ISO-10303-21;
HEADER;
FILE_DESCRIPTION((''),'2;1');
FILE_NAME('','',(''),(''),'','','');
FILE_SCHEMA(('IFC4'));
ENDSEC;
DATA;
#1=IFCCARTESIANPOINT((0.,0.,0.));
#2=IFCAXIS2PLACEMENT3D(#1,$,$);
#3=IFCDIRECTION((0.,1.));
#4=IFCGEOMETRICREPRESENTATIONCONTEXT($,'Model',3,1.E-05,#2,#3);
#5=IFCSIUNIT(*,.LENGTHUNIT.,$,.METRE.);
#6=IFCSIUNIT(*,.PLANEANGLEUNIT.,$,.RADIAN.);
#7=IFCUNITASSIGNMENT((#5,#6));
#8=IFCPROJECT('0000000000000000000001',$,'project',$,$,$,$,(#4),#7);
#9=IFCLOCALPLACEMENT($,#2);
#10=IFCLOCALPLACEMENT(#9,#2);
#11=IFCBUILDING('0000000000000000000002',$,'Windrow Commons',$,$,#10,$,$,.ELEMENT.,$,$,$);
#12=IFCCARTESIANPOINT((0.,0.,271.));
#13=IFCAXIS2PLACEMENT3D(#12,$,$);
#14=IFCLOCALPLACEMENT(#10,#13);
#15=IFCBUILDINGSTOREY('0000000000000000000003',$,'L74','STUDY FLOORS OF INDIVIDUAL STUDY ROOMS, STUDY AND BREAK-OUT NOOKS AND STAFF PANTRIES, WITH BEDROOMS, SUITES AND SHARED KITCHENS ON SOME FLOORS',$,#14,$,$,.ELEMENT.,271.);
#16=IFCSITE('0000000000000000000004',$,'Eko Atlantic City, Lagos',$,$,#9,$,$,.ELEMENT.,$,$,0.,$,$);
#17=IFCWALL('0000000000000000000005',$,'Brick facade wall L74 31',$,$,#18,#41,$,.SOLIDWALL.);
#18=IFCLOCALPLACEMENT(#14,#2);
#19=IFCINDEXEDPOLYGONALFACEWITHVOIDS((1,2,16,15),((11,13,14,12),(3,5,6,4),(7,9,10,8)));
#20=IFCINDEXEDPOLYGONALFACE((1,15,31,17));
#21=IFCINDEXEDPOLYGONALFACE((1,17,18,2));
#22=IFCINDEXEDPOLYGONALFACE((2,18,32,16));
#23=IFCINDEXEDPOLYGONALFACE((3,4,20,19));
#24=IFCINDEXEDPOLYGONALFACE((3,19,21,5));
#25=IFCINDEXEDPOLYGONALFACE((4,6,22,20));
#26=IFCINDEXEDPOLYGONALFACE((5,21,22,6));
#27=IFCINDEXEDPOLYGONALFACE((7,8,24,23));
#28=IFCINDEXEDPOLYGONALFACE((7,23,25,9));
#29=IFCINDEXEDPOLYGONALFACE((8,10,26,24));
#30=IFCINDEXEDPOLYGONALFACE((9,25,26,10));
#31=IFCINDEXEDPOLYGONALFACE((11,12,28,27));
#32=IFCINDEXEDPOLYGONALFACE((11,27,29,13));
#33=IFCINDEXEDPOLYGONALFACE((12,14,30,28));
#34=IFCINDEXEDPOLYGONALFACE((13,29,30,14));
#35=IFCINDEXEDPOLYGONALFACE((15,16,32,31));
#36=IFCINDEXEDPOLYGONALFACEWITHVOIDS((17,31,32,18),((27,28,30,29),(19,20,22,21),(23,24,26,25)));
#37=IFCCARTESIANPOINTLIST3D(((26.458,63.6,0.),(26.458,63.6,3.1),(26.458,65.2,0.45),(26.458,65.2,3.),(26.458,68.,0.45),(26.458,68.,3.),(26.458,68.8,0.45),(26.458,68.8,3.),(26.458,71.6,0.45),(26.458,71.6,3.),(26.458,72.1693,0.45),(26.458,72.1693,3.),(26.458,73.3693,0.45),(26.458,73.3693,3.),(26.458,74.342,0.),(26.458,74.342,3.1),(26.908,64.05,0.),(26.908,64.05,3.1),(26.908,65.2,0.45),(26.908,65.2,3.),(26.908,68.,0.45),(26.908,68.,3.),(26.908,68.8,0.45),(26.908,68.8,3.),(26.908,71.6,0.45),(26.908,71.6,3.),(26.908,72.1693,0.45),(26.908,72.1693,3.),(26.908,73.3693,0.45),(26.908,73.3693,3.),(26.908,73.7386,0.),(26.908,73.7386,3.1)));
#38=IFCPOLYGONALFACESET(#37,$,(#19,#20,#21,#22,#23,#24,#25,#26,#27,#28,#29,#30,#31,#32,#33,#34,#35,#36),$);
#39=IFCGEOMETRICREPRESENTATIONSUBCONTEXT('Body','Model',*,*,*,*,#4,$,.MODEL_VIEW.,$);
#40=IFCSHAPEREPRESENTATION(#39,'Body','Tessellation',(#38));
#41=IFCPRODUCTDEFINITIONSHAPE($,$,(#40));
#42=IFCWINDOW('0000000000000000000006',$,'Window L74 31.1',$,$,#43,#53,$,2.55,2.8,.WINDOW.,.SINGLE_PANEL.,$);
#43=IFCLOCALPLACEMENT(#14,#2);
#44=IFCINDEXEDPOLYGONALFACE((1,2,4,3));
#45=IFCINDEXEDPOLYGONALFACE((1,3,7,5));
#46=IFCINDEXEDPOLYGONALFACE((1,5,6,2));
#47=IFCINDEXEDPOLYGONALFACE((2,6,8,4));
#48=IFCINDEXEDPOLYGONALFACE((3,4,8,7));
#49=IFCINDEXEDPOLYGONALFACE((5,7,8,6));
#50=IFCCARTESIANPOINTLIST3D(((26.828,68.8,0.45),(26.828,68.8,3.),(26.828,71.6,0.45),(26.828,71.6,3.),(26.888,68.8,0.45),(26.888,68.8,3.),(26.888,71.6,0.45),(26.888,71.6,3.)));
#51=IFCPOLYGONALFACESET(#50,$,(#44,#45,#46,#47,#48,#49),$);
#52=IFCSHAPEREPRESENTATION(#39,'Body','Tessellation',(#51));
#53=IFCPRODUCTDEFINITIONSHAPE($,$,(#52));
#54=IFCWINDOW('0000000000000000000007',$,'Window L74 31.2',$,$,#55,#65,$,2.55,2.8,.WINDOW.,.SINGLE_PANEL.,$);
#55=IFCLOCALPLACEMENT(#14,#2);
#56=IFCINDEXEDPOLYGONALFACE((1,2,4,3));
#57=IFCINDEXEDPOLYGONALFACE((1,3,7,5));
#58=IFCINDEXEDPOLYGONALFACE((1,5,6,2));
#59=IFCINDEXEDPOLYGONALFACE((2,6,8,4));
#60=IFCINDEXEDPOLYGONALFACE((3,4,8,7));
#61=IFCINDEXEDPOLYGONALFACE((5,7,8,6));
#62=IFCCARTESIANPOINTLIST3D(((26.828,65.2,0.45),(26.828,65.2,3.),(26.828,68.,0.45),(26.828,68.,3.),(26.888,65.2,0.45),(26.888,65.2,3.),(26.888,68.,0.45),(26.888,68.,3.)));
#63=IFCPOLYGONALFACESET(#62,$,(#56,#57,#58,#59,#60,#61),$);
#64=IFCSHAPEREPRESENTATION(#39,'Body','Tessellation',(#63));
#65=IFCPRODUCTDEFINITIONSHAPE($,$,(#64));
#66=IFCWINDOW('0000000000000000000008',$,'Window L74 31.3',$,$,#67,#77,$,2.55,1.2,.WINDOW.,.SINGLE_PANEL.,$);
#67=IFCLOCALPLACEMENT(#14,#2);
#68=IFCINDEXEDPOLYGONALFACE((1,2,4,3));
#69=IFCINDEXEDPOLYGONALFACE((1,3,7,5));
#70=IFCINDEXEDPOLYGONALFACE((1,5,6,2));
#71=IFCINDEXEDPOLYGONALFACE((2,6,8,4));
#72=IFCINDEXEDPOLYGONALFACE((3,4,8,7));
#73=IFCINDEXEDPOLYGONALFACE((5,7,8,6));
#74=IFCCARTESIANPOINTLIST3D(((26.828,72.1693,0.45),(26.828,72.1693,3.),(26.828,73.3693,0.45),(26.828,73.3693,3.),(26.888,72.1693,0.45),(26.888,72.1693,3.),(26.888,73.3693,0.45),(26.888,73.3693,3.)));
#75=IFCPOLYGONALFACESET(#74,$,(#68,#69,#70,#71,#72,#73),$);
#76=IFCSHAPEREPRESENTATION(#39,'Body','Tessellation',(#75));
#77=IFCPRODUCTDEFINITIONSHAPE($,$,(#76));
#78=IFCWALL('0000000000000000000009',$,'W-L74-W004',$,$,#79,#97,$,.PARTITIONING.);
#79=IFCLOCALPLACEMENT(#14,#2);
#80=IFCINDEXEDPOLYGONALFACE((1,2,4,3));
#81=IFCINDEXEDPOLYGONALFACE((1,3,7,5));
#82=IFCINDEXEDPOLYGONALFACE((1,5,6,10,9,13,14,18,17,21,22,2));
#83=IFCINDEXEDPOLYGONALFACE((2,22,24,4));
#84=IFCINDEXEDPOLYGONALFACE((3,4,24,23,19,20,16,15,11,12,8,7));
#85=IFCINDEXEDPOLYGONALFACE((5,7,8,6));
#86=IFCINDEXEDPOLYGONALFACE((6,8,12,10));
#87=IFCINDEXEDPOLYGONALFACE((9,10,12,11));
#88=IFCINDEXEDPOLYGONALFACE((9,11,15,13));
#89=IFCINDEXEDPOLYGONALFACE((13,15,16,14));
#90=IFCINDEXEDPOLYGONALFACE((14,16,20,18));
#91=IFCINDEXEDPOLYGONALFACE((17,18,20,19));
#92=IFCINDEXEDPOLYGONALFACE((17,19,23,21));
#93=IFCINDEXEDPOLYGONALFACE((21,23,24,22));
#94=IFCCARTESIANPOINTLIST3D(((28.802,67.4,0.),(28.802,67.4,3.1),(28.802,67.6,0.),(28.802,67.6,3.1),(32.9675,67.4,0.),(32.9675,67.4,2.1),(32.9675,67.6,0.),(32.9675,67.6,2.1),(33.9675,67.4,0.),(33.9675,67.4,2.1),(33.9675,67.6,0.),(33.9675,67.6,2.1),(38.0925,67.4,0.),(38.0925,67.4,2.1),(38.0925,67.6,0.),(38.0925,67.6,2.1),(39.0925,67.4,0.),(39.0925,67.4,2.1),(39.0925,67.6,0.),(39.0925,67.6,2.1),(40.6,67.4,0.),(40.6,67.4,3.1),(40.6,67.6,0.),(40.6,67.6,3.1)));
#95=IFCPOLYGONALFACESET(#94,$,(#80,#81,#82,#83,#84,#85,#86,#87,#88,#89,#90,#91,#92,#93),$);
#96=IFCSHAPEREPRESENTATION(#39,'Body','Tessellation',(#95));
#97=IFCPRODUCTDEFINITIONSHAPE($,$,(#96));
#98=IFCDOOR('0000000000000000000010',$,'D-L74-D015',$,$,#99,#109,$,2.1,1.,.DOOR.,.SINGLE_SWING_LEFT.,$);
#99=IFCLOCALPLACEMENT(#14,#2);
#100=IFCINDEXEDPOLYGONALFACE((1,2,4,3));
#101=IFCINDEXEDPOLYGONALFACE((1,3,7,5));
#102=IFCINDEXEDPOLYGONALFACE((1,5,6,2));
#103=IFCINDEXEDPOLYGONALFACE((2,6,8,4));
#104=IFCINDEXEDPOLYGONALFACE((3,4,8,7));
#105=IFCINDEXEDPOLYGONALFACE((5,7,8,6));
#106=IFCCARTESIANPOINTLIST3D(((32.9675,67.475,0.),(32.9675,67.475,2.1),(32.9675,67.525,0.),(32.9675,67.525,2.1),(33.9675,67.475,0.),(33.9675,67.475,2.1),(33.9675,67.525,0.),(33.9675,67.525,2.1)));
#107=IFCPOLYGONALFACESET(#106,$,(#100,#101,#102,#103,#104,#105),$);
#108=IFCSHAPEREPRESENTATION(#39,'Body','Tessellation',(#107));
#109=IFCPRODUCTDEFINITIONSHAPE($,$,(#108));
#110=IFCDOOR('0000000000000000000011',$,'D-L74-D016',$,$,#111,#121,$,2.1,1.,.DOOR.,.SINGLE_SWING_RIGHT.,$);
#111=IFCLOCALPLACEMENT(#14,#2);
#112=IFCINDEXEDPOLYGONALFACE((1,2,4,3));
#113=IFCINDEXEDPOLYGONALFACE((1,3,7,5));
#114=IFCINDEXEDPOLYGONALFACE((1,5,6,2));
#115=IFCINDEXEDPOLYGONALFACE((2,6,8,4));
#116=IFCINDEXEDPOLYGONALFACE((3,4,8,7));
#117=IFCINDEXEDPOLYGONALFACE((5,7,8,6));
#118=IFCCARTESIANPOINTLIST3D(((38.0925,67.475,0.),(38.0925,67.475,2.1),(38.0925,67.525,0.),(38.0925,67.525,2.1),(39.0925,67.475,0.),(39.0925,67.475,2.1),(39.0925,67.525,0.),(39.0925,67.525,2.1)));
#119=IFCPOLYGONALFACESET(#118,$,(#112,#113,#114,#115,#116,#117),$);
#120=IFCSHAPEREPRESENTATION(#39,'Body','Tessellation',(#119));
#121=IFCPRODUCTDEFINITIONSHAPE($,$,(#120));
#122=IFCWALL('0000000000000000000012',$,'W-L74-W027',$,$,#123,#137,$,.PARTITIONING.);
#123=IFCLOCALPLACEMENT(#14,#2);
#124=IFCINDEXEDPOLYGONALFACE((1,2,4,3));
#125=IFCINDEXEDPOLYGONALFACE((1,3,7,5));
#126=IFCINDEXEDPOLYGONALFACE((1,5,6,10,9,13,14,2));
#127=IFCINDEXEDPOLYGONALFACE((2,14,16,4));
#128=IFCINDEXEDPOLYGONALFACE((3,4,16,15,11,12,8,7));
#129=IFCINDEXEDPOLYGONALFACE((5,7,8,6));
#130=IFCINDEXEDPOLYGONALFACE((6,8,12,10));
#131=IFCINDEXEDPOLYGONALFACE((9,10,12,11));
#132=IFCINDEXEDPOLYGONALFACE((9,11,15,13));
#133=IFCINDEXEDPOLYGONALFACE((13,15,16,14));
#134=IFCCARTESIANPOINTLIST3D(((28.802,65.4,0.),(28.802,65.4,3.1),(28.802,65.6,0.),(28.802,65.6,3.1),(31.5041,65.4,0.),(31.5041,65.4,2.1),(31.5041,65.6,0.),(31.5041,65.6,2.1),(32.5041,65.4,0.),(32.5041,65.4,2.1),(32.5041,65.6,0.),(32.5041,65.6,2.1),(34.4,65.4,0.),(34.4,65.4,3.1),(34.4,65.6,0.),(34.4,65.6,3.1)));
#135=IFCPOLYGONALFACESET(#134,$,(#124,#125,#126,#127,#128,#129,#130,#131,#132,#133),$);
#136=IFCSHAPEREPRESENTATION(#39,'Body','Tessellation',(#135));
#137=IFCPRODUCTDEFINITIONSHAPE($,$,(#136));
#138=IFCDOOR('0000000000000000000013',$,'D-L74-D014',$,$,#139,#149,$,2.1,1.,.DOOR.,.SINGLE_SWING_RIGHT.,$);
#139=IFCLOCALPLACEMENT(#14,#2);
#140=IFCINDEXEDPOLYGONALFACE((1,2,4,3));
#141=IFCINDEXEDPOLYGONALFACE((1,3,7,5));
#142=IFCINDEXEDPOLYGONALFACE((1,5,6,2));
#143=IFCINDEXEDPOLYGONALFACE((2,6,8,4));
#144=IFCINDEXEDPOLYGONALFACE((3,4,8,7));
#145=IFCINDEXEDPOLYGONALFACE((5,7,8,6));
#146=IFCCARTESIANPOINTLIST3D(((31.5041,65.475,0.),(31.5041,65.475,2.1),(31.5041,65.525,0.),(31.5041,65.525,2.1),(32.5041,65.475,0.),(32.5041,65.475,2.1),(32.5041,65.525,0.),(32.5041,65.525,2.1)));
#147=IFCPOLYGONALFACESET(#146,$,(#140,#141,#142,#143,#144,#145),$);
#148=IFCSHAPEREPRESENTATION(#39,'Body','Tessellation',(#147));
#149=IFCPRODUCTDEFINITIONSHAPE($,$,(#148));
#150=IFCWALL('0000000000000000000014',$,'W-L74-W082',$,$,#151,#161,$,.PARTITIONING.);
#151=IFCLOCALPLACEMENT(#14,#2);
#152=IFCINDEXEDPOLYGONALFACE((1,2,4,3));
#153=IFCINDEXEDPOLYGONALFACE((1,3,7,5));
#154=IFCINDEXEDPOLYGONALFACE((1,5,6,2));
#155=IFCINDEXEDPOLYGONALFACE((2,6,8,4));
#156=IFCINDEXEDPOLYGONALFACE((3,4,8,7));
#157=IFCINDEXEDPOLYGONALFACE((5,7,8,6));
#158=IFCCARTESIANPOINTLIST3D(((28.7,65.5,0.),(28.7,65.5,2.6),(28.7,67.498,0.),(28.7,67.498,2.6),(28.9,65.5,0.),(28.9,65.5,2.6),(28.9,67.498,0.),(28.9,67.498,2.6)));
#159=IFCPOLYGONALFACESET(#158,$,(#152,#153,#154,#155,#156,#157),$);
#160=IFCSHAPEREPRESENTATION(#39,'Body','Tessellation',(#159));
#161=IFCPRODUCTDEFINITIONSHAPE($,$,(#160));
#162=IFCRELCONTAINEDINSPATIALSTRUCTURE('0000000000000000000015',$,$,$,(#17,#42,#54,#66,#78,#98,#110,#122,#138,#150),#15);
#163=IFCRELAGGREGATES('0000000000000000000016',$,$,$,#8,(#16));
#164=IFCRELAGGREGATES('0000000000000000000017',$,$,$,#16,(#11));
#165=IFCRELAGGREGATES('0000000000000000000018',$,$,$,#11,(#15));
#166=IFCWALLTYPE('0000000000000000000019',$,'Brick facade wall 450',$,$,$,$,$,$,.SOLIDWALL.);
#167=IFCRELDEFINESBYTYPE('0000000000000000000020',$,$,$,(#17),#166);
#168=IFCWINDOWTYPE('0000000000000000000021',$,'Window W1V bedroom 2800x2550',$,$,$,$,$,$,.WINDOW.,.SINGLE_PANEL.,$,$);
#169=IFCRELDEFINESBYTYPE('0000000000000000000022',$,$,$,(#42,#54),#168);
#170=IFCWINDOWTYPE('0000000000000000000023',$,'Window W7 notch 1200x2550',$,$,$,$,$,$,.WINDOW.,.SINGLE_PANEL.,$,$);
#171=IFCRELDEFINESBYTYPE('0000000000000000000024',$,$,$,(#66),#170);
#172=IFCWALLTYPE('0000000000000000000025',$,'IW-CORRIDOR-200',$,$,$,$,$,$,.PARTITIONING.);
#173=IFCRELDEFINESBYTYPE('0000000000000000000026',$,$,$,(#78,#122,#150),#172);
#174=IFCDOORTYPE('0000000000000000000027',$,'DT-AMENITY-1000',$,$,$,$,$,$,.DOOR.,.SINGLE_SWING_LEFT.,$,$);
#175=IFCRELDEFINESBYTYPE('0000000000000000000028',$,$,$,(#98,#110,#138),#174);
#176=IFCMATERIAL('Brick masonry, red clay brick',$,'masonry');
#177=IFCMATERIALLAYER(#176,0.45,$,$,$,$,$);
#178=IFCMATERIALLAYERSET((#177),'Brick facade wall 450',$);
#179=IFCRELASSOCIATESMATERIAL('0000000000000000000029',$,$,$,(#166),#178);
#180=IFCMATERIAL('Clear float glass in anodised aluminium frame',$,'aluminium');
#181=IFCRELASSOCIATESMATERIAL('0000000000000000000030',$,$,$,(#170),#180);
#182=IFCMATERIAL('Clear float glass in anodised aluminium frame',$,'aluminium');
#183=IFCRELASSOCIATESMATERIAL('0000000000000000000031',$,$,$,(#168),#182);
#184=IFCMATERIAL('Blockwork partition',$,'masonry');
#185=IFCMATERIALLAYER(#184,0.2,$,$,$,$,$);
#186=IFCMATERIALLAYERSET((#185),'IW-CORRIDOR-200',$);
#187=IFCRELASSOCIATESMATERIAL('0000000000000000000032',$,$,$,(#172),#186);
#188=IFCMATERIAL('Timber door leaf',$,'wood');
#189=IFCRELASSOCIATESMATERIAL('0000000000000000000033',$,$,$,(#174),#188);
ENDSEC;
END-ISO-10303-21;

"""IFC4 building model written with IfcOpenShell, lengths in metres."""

from ifc_helpers import new_model, si_unit, direction, frame, frame_2d, origin, place, context, subcontext, project, spatial, polyline, rectangle, outline, extrude, material, layer, layer_set, type_object, element, fill, save


model = new_model("IFC4")

# Units and contexts
model_context = context("Model", 3, precision=1e-05, world=origin(), true_north=direction((0.0, 1.0)))
body_context = subcontext(model_context, "Body", "Model", "MODEL_VIEW")
ifc_project = project(units=[si_unit("LENGTHUNIT", "METRE"), si_unit("PLANEANGLEUNIT", "RADIAN")], contexts=[model_context])

# Site, building, storey
site_placement = place(None, origin())
site = spatial("IfcSite", under=ifc_project, at=site_placement, Name="Eko Atlantic City, Lagos", CompositionType="ELEMENT", RefElevation=0.0)
building_placement = place(site_placement, origin())
building = spatial("IfcBuilding", under=site, at=building_placement, Name="Windrow Commons", CompositionType="ELEMENT")
storey_placement = place(building_placement, frame((0.0, 0.0, 271.0)))
storey = spatial("IfcBuildingStorey", under=building, at=storey_placement, Name="L74", Description="STUDY FLOORS OF INDIVIDUAL STUDY ROOMS, STUDY AND BREAK-OUT NOOKS AND STAFF PANTRIES, WITH BEDROOMS, SUITES AND SHARED KITCHENS ON SOME FLOORS", CompositionType="ELEMENT", Elevation=271.0)

# Shared definitions
ifc_material_1 = material(Name="Brick masonry, red clay brick", Category="masonry")
ifc_layer_1 = layer(ifc_material_1, 0.45)
ifc_layer_set_1 = layer_set([ifc_layer_1], Name="Brick facade wall 450")
wall_type_1 = type_object("IfcWallType", Name="Brick facade wall 450", PredefinedType="SOLIDWALL", material=ifc_layer_set_1)
ifc_material_2 = material(Name="Clear float glass in anodised aluminium frame", Category="aluminium")
window_type_1 = type_object("IfcWindowType", Name="Window W7 notch 1200x2550", PartitioningType="SINGLE_PANEL", PredefinedType="WINDOW", material=ifc_material_2)

# Wall, openings, windows
wall_1_placement = place(storey_placement, frame((26.683, 74.0403, 0.0), z_axis=(0.0, 0.0, 1.0), x_axis=(0.0, -1.0, 0.0)))
wall_1 = element("IfcWall", 1, at=wall_1_placement, inside=storey, type_object=wall_type_1, Name="Brick facade wall L74 31", PredefinedType="SOLIDWALL", context=body_context, shape_type="SweptSolid", body=[
    extrude(outline(polyline([(-0.3017, -0.225), (10.4403, -0.225), (9.9903, 0.225), (0.3017, 0.225), (-0.3017, -0.225)])), origin(), (0.0, 0.0, 1.0), 3.1),
])
opening_1_placement = place(wall_1_placement, frame((2.4403, 0.0, 0.45)))
opening_1 = element("IfcOpeningElement", 2, at=opening_1_placement, cuts=wall_1, PredefinedType="OPENING", context=body_context, shape_type="SweptSolid", body=[
    extrude(rectangle(XDim=2.8, YDim=2.55, at=frame_2d((1.4, 1.275))), frame((0.0, 0.235, 0.0), z_axis=(0.0, -1.0, 0.0), x_axis=(1.0, 0.0, 0.0)), (0.0, 0.0, 1.0), 0.47),
])
opening_2_placement = place(wall_1_placement, frame((6.0403, 0.0, 0.45)))
opening_2 = element("IfcOpeningElement", 3, at=opening_2_placement, cuts=wall_1, PredefinedType="OPENING", context=body_context, shape_type="SweptSolid", body=[
    extrude(rectangle(XDim=2.8, YDim=2.55, at=frame_2d((1.4, 1.275))), frame((0.0, 0.235, 0.0), z_axis=(0.0, -1.0, 0.0), x_axis=(1.0, 0.0, 0.0)), (0.0, 0.0, 1.0), 0.47),
])
opening_3_placement = place(wall_1_placement, frame((0.671, 0.0, 0.45)))
opening_3 = element("IfcOpeningElement", 4, at=opening_3_placement, cuts=wall_1, PredefinedType="OPENING", context=body_context, shape_type="SweptSolid", body=[
    extrude(rectangle(XDim=1.2, YDim=2.55, at=frame_2d((0.6, 1.275))), frame((0.0, 0.235, 0.0), z_axis=(0.0, -1.0, 0.0), x_axis=(1.0, 0.0, 0.0)), (0.0, 0.0, 1.0), 0.47),
])
ifc_material_3 = material(Name="Clear float glass in anodised aluminium frame", Category="aluminium")
window_type_2 = type_object("IfcWindowType", Name="Window W1V bedroom 2800x2550", PartitioningType="SINGLE_PANEL", PredefinedType="WINDOW", material=ifc_material_3)
window_1_placement = place(opening_1_placement, origin())
window_1 = element("IfcWindow", 5, at=window_1_placement, inside=storey, type_object=window_type_2, Name="Window L74 31.1", OverallHeight=2.55, OverallWidth=2.8, PartitioningType="SINGLE_PANEL", PredefinedType="WINDOW", context=body_context, shape_type="SweptSolid", body=[
    extrude(rectangle(XDim=2.8, YDim=2.55, at=frame_2d((1.4, 1.275))), frame((0.0, 0.205, 0.0), z_axis=(0.0, -1.0, 0.0), x_axis=(1.0, 0.0, 0.0)), (0.0, 0.0, 1.0), 0.06),
])
fill(opening_1, window_1)
window_2_placement = place(opening_2_placement, origin())
window_2 = element("IfcWindow", 6, at=window_2_placement, inside=storey, type_object=window_type_2, Name="Window L74 31.2", OverallHeight=2.55, OverallWidth=2.8, PartitioningType="SINGLE_PANEL", PredefinedType="WINDOW", context=body_context, shape_type="SweptSolid", body=[
    extrude(rectangle(XDim=2.8, YDim=2.55, at=frame_2d((1.4, 1.275))), frame((0.0, 0.205, 0.0), z_axis=(0.0, -1.0, 0.0), x_axis=(1.0, 0.0, 0.0)), (0.0, 0.0, 1.0), 0.06),
])
fill(opening_2, window_2)
window_3_placement = place(opening_3_placement, origin())
window_3 = element("IfcWindow", 7, at=window_3_placement, inside=storey, type_object=window_type_1, Name="Window L74 31.3", OverallHeight=2.55, OverallWidth=1.2, PartitioningType="SINGLE_PANEL", PredefinedType="WINDOW", context=body_context, shape_type="SweptSolid", body=[
    extrude(rectangle(XDim=1.2, YDim=2.55, at=frame_2d((0.6, 1.275))), frame((0.0, 0.205, 0.0), z_axis=(0.0, -1.0, 0.0), x_axis=(1.0, 0.0, 0.0)), (0.0, 0.0, 1.0), 0.06),
])
fill(opening_3, window_3)

# Wall, openings, doors
ifc_material_4 = material(Name="Blockwork partition", Category="masonry")
ifc_layer_2 = layer(ifc_material_4, 0.2)
ifc_layer_set_2 = layer_set([ifc_layer_2], Name="IW-CORRIDOR-200")
wall_type_2 = type_object("IfcWallType", Name="IW-CORRIDOR-200", PredefinedType="PARTITIONING", material=ifc_layer_set_2)
wall_2_placement = place(storey_placement, frame((28.802, 67.5, 0.0), z_axis=(0.0, 0.0, 1.0), x_axis=(1.0, 0.0, 0.0)))
wall_2 = element("IfcWall", 8, at=wall_2_placement, inside=storey, type_object=wall_type_2, Name="W-L74-W004", PredefinedType="PARTITIONING", context=body_context, shape_type="SweptSolid", body=[
    extrude(rectangle(XDim=11.798, YDim=0.2, at=frame_2d((5.899, 0.0))), origin(), (0.0, 0.0, 1.0), 3.1),
])
opening_4_placement = place(wall_2_placement, frame((4.1655, 0.0, 0.0)))
opening_4 = element("IfcOpeningElement", 9, at=opening_4_placement, cuts=wall_2, PredefinedType="OPENING", context=body_context, shape_type="SweptSolid", body=[
    extrude(rectangle(XDim=1.0, YDim=2.1, at=frame_2d((0.5, 1.05))), frame((0.0, 0.11, 0.0), z_axis=(0.0, -1.0, 0.0), x_axis=(1.0, 0.0, 0.0)), (0.0, 0.0, 1.0), 0.22),
])
opening_5_placement = place(wall_2_placement, frame((9.2905, 0.0, 0.0)))
opening_5 = element("IfcOpeningElement", 10, at=opening_5_placement, cuts=wall_2, PredefinedType="OPENING", context=body_context, shape_type="SweptSolid", body=[
    extrude(rectangle(XDim=1.0, YDim=2.1, at=frame_2d((0.5, 1.05))), frame((0.0, 0.11, 0.0), z_axis=(0.0, -1.0, 0.0), x_axis=(1.0, 0.0, 0.0)), (0.0, 0.0, 1.0), 0.22),
])
ifc_material_5 = material(Name="Timber door leaf", Category="wood")
door_type = type_object("IfcDoorType", Name="DT-AMENITY-1000", OperationType="SINGLE_SWING_LEFT", PredefinedType="DOOR", material=ifc_material_5)
door_1_placement = place(opening_4_placement, origin())
door_1 = element("IfcDoor", 11, at=door_1_placement, inside=storey, type_object=door_type, Name="D-L74-D015", OperationType="SINGLE_SWING_LEFT", OverallHeight=2.1, OverallWidth=1.0, PredefinedType="DOOR", context=body_context, shape_type="SweptSolid", body=[
    extrude(rectangle(XDim=1.0, YDim=2.1, at=frame_2d((0.5, 1.05))), frame((0.0, 0.025, 0.0), z_axis=(0.0, -1.0, 0.0), x_axis=(1.0, 0.0, 0.0)), (0.0, 0.0, 1.0), 0.05),
])
fill(opening_4, door_1)
door_2_placement = place(opening_5_placement, origin())
door_2 = element("IfcDoor", 12, at=door_2_placement, inside=storey, type_object=door_type, Name="D-L74-D016", OperationType="SINGLE_SWING_RIGHT", OverallHeight=2.1, OverallWidth=1.0, PredefinedType="DOOR", context=body_context, shape_type="SweptSolid", body=[
    extrude(rectangle(XDim=1.0, YDim=2.1, at=frame_2d((0.5, 1.05))), frame((0.0, 0.025, 0.0), z_axis=(0.0, -1.0, 0.0), x_axis=(1.0, 0.0, 0.0)), (0.0, 0.0, 1.0), 0.05),
])
fill(opening_5, door_2)

# Wall, opening, door
wall_3_placement = place(storey_placement, frame((28.802, 65.5, 0.0), z_axis=(0.0, 0.0, 1.0), x_axis=(1.0, 0.0, 0.0)))
wall_3 = element("IfcWall", 13, at=wall_3_placement, inside=storey, type_object=wall_type_2, Name="W-L74-W027", PredefinedType="PARTITIONING", context=body_context, shape_type="SweptSolid", body=[
    extrude(rectangle(XDim=5.598, YDim=0.2, at=frame_2d((2.799, 0.0))), origin(), (0.0, 0.0, 1.0), 3.1),
])
opening_6_placement = place(wall_3_placement, frame((2.7021, 0.0, 0.0)))
opening_6 = element("IfcOpeningElement", 14, at=opening_6_placement, cuts=wall_3, PredefinedType="OPENING", context=body_context, shape_type="SweptSolid", body=[
    extrude(rectangle(XDim=1.0, YDim=2.1, at=frame_2d((0.5, 1.05))), frame((0.0, 0.11, 0.0), z_axis=(0.0, -1.0, 0.0), x_axis=(1.0, 0.0, 0.0)), (0.0, 0.0, 1.0), 0.22),
])
door_3_placement = place(opening_6_placement, origin())
door_3 = element("IfcDoor", 15, at=door_3_placement, inside=storey, type_object=door_type, Name="D-L74-D014", OperationType="SINGLE_SWING_RIGHT", OverallHeight=2.1, OverallWidth=1.0, PredefinedType="DOOR", context=body_context, shape_type="SweptSolid", body=[
    extrude(rectangle(XDim=1.0, YDim=2.1, at=frame_2d((0.5, 1.05))), frame((0.0, 0.025, 0.0), z_axis=(0.0, -1.0, 0.0), x_axis=(1.0, 0.0, 0.0)), (0.0, 0.0, 1.0), 0.05),
])
fill(opening_6, door_3)

# Wall
wall_4_placement = place(storey_placement, frame((28.8, 65.5, 0.0), z_axis=(0.0, 0.0, 1.0), x_axis=(0.0, 1.0, 0.0)))
element("IfcWall", 16, at=wall_4_placement, inside=storey, type_object=wall_type_2, Name="W-L74-W082", PredefinedType="PARTITIONING", context=body_context, shape_type="SweptSolid", body=[
    extrude(rectangle(XDim=1.998, YDim=0.2, at=frame_2d((0.999, 0.0))), origin(), (0.0, 0.0, 1.0), 2.6),
])

save(model, "model.ifc")
